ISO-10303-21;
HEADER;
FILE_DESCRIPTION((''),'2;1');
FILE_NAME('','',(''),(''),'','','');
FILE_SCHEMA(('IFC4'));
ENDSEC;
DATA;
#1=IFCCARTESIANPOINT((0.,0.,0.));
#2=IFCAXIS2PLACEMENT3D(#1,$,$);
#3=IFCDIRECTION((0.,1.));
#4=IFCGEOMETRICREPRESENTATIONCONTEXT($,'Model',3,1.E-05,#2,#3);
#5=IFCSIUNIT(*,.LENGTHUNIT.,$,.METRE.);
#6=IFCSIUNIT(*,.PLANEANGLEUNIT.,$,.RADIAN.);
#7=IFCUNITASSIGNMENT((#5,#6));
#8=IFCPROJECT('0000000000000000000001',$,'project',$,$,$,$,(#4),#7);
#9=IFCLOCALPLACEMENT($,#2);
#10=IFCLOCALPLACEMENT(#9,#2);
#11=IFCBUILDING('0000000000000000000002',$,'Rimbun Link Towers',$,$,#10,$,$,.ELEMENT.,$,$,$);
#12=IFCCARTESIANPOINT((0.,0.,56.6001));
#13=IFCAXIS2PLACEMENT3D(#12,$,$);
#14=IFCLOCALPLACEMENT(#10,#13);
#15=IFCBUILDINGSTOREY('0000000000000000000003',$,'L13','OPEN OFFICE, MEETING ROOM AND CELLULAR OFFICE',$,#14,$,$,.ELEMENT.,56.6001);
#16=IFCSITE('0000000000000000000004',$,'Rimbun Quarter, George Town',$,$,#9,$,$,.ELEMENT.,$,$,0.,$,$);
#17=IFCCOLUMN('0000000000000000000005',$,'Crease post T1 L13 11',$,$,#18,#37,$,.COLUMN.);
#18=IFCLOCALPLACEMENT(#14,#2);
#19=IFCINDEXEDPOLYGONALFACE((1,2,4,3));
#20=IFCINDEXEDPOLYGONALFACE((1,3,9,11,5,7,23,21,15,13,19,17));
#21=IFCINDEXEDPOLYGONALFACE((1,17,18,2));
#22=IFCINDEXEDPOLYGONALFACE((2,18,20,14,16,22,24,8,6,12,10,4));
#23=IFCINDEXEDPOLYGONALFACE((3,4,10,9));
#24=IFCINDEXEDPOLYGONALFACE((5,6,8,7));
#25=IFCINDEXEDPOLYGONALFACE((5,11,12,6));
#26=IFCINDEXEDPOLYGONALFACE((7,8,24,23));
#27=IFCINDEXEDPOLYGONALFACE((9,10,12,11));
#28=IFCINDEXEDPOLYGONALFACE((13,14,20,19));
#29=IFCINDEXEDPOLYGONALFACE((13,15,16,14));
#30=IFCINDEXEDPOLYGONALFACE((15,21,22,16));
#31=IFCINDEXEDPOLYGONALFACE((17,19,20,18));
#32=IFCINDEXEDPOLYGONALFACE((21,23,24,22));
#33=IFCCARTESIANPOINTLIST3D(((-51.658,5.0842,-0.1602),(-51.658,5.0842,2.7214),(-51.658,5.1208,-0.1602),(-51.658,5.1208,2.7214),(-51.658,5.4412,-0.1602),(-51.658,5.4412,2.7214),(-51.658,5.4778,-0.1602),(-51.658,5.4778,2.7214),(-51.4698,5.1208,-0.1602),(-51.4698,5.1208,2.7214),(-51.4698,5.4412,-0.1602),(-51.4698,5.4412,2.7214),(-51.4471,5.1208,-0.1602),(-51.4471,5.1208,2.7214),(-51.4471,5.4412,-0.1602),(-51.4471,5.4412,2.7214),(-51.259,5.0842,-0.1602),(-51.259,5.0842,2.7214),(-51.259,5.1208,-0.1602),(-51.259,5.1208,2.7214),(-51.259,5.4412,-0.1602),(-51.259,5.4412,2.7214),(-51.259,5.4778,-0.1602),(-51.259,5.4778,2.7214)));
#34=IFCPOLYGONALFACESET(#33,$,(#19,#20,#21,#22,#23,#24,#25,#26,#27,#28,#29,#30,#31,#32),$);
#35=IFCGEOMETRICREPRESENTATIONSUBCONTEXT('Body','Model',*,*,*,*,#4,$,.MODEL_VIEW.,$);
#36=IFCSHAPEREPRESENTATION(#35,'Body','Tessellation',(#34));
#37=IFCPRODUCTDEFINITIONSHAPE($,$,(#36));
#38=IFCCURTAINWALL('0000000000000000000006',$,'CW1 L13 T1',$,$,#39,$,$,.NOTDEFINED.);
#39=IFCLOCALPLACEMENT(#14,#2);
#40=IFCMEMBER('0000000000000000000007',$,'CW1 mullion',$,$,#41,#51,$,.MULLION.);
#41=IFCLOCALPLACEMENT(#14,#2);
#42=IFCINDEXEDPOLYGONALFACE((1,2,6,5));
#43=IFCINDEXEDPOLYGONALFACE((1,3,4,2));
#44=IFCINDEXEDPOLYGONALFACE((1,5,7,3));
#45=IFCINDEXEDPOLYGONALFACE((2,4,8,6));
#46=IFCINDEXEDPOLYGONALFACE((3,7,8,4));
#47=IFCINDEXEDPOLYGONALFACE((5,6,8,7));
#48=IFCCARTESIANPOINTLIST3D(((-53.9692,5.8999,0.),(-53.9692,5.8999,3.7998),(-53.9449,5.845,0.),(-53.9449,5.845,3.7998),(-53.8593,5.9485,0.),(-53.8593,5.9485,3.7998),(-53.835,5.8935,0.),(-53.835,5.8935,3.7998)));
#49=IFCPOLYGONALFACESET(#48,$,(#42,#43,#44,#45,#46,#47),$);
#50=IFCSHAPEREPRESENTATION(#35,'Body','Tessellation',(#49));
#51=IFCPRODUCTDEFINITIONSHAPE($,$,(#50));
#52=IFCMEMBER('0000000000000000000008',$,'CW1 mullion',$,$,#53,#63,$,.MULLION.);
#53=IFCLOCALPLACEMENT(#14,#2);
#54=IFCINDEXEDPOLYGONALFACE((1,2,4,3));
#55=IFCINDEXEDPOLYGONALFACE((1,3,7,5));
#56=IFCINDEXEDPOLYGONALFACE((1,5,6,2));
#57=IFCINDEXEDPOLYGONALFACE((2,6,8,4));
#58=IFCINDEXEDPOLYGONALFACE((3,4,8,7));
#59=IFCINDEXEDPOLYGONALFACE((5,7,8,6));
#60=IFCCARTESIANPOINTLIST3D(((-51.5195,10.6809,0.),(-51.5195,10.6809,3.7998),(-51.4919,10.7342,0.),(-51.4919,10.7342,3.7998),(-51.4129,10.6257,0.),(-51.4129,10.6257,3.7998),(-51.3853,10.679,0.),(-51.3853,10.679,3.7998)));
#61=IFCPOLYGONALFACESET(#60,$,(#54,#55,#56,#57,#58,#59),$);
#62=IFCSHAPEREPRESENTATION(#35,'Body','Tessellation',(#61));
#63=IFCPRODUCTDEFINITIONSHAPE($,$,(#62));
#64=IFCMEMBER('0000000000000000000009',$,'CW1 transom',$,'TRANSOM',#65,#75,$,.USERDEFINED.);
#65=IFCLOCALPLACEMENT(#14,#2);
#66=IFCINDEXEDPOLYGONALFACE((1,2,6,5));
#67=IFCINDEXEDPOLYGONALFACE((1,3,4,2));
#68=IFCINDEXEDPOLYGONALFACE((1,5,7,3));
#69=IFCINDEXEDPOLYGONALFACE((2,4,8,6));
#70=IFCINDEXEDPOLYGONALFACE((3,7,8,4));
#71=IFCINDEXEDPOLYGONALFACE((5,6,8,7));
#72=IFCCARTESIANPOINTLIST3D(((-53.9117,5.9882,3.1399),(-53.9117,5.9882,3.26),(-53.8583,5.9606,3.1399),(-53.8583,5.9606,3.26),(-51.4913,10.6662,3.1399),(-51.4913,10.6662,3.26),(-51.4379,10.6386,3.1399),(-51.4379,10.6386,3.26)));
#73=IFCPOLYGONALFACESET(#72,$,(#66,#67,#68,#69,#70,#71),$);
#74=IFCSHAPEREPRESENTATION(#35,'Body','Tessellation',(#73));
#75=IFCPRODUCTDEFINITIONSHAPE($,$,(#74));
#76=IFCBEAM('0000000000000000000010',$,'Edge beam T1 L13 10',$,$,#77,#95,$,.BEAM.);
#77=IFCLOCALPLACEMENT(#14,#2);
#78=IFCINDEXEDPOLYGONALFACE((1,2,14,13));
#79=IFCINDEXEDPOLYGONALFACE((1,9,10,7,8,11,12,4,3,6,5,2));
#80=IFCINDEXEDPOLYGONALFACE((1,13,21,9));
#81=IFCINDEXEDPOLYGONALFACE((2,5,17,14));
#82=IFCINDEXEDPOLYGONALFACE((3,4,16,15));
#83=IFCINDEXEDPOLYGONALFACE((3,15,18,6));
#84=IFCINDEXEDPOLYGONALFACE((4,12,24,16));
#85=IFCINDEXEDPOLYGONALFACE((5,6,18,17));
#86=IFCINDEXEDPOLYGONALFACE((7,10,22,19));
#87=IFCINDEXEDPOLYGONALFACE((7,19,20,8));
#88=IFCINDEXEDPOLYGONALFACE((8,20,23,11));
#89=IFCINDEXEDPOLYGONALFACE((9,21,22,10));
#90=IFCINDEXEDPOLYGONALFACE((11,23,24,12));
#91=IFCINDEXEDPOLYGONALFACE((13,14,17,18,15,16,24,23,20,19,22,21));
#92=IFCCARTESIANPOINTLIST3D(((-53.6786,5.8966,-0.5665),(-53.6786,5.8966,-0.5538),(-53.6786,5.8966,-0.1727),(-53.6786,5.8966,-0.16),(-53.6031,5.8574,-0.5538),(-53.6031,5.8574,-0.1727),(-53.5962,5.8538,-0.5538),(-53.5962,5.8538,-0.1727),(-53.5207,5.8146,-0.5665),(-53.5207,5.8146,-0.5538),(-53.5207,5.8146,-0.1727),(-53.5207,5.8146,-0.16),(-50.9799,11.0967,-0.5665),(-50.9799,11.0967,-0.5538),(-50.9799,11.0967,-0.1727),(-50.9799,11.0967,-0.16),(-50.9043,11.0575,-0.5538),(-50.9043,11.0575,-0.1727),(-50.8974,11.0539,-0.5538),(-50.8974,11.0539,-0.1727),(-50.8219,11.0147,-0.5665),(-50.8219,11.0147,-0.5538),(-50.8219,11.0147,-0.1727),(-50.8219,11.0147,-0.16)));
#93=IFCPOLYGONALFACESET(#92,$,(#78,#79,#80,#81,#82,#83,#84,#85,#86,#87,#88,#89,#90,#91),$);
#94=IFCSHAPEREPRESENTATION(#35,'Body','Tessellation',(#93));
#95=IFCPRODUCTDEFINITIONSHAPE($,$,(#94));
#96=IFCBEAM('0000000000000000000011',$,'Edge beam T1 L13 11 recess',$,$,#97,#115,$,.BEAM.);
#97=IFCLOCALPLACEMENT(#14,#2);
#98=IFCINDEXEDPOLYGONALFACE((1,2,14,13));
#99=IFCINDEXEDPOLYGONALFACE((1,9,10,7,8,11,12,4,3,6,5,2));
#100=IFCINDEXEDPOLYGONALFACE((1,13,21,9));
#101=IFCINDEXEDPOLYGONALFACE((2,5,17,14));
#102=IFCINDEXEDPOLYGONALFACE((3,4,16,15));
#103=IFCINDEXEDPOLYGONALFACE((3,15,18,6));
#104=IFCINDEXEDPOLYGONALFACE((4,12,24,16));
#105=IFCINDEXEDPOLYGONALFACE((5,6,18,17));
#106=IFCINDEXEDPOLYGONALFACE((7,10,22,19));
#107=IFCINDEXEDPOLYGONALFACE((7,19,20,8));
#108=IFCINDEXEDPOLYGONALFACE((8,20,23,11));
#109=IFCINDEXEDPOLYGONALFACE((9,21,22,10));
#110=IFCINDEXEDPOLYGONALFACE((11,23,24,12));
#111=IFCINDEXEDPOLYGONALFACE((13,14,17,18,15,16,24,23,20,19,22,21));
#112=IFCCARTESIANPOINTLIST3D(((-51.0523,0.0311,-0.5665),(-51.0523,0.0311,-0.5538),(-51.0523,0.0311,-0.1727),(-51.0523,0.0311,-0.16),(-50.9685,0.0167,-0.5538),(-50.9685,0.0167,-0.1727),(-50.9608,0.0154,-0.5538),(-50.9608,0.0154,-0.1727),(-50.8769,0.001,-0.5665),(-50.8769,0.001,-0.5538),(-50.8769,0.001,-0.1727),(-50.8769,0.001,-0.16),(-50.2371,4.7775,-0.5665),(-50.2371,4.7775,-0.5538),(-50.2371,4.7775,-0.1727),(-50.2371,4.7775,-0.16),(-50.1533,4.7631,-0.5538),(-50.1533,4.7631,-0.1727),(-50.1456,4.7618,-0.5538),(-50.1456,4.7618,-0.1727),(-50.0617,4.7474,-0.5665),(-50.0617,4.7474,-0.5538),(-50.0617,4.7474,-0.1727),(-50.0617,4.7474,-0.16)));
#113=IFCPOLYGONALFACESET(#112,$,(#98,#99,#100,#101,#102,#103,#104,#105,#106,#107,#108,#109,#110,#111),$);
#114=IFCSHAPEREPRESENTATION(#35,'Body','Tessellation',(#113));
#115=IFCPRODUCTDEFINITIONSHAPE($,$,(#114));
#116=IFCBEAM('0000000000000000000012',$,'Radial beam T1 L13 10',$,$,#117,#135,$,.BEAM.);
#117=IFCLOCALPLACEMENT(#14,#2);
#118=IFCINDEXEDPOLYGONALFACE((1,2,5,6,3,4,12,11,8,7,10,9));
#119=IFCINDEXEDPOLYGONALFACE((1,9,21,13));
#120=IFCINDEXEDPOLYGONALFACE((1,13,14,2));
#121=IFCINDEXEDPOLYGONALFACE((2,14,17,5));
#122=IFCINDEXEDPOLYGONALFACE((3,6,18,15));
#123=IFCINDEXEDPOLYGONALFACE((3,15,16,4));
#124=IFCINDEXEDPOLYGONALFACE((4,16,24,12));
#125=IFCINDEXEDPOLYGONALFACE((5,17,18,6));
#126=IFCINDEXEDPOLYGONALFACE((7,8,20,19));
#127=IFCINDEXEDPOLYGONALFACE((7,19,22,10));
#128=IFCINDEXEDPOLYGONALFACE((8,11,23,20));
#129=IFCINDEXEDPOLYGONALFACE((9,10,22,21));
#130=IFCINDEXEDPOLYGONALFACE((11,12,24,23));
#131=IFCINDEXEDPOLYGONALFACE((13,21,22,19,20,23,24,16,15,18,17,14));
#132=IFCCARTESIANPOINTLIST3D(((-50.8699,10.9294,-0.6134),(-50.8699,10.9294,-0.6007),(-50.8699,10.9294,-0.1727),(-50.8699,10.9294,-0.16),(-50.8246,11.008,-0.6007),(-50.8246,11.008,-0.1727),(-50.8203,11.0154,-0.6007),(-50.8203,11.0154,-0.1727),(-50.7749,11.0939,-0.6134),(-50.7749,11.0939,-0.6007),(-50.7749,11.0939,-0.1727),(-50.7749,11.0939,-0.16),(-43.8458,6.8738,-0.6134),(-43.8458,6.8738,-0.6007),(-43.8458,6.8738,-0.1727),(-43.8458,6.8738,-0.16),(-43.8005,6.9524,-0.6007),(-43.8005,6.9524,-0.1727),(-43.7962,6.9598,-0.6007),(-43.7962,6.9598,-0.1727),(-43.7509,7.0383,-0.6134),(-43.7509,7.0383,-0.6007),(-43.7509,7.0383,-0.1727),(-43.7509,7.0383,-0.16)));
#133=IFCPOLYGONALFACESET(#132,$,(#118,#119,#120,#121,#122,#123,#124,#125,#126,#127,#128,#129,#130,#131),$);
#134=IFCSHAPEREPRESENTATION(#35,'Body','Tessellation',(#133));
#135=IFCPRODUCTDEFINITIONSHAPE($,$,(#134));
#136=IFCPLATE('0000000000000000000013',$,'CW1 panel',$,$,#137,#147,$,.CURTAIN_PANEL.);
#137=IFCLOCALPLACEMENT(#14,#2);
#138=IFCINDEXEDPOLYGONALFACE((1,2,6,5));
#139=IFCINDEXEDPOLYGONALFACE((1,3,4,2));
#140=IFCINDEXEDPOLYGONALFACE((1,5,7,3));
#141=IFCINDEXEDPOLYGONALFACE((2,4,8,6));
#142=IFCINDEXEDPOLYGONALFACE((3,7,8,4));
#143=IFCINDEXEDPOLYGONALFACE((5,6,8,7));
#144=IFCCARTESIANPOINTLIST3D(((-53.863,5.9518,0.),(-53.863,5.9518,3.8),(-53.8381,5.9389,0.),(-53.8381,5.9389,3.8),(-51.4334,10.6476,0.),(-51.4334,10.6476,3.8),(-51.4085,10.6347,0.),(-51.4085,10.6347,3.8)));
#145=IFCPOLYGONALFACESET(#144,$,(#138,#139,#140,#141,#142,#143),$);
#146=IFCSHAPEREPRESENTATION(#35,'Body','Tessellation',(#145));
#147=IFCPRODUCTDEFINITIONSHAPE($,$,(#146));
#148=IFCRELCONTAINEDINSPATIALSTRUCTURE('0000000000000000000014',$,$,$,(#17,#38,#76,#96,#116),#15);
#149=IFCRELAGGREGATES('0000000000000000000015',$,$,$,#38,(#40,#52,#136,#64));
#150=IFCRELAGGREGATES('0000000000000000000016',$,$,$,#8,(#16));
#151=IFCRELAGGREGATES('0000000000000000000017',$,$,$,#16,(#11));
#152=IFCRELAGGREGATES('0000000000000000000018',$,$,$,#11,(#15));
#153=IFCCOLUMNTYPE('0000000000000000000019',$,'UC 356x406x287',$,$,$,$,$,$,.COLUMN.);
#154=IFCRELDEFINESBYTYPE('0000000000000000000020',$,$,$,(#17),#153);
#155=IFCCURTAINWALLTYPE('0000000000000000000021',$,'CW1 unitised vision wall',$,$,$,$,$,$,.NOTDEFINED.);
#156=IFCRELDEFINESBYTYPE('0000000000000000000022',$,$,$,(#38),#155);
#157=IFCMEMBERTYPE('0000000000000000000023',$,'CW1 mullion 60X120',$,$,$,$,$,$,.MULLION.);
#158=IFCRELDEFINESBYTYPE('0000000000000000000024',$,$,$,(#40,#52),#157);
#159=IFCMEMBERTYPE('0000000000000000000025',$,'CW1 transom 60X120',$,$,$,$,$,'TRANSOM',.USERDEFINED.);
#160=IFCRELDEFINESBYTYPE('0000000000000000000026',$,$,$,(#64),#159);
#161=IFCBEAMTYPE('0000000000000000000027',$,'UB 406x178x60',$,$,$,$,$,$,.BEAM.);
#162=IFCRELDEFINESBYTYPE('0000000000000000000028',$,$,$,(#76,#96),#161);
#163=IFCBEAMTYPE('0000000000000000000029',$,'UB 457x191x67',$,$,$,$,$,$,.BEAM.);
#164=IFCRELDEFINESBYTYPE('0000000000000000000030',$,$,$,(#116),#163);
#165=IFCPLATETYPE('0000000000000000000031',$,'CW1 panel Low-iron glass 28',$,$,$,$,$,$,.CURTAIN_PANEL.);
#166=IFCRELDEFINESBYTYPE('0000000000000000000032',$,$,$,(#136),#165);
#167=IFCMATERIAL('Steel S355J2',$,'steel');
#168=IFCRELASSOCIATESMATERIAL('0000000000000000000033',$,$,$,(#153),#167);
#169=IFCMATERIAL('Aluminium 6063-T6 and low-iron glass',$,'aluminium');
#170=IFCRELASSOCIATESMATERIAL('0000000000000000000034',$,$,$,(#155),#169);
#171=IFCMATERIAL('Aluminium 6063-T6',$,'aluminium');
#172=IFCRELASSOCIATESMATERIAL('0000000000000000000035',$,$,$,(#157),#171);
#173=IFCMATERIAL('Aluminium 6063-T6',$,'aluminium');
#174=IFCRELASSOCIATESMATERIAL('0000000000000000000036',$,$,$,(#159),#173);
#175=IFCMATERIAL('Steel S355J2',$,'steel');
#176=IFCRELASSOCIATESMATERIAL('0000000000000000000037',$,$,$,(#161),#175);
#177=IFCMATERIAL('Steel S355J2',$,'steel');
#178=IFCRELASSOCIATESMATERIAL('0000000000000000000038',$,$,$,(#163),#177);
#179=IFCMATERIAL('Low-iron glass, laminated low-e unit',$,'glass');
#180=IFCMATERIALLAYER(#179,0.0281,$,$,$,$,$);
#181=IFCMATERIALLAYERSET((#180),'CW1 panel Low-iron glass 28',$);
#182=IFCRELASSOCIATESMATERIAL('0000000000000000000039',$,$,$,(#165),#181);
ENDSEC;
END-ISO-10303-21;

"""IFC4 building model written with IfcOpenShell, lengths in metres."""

from ifc_helpers import new_model, si_unit, direction, frame, origin, origin_2d, place, context, subcontext, project, spatial, rectangle, i_section, extrude, material, layer, layer_set, material_profile, profile_set, type_object, element, aggregate, save


model = new_model("IFC4")

# Units and contexts
model_context = context("Model", 3, precision=1e-05, world=origin(), true_north=direction((0.0, 1.0)))
body_context = subcontext(model_context, "Body", "Model", "MODEL_VIEW")
ifc_project = project(units=[si_unit("LENGTHUNIT", "METRE"), si_unit("PLANEANGLEUNIT", "RADIAN")], contexts=[model_context])

# Site, building, storey
site_placement = place(None, origin())
site = spatial("IfcSite", under=ifc_project, at=site_placement, Name="Rimbun Quarter, George Town", CompositionType="ELEMENT", RefElevation=0.0)
building_placement = place(site_placement, origin())
building = spatial("IfcBuilding", under=site, at=building_placement, Name="Rimbun Link Towers", CompositionType="ELEMENT")
storey_placement = place(building_placement, frame((0.0, 0.0, 56.6001)))
storey = spatial("IfcBuildingStorey", under=building, at=storey_placement, Name="L13", Description="OPEN OFFICE, MEETING ROOM AND CELLULAR OFFICE", CompositionType="ELEMENT", Elevation=56.6001)

# Column
ifc_material_1 = material(Name="Steel S355J2", Category="steel")
ifc_material_profile_1 = material_profile(ifc_material_1, i_section(OverallWidth=0.3989, OverallDepth=0.3936, WebThickness=0.0227, FlangeThickness=0.0366, at=origin_2d()), Name="UC 356x406x287")
ifc_profile_set_1 = profile_set([ifc_material_profile_1], Name="Steel S355J2")
column_type = type_object("IfcColumnType", Name="UC 356x406x287", PredefinedType="COLUMN", material=ifc_profile_set_1)
column_placement = place(storey_placement, frame((-51.4585, 5.281, -0.1602), z_axis=(0.0, 0.0, 1.0), x_axis=(1.0, 0.0, 0.0)))
element("IfcColumn", 1, at=column_placement, inside=storey, type_object=column_type, Name="Crease post T1 L13 11", PredefinedType="COLUMN", context=body_context, shape_type="SweptSolid", body=[
    extrude(i_section(OverallWidth=0.3989, OverallDepth=0.3936, WebThickness=0.0227, FlangeThickness=0.0366, at=origin_2d()), origin(), (0.0, 0.0, 1.0), 2.8816),
])

# Curtain wall, members
ifc_material_2 = material(Name="Aluminium 6063-T6 and low-iron glass", Category="aluminium")
curtain_wall_type = type_object("IfcCurtainWallType", Name="CW1 unitised vision wall", PredefinedType="NOTDEFINED", material=ifc_material_2)
curtain_wall_placement = place(storey_placement, origin())
curtain_wall = element("IfcCurtainWall", 2, at=curtain_wall_placement, inside=storey, type_object=curtain_wall_type, Name="CW1 L13 T1", PredefinedType="NOTDEFINED")
ifc_material_3 = material(Name="Aluminium 6063-T6", Category="aluminium")
ifc_material_profile_2 = material_profile(ifc_material_3, rectangle(XDim=0.1201, YDim=0.0601, at=origin_2d()), Name="MULLION 60X120")
ifc_profile_set_2 = profile_set([ifc_material_profile_2], Name="Aluminium 6063-T6")
member_type_1 = type_object("IfcMemberType", Name="CW1 mullion 60X120", PredefinedType="MULLION", material=ifc_profile_set_2)
member_1_placement = place(storey_placement, frame((-53.9021, 5.8967, 0.0), z_axis=(0.0, 0.0, 1.0), x_axis=(-0.914813, -0.403877, 0.0)))
member_1 = element("IfcMember", 3, at=member_1_placement, type_object=member_type_1, Name="CW1 mullion", PredefinedType="MULLION", context=body_context, shape_type="SweptSolid", body=[
    extrude(rectangle(XDim=0.1201, YDim=0.0601, at=origin_2d()), origin(), (0.0, 0.0, 1.0), 3.7998),
])
member_2_placement = place(storey_placement, frame((-51.4524, 10.6799, 0.0), z_axis=(0.0, 0.0, 1.0), x_axis=(-0.888157, 0.459541, 0.0)))
member_2 = element("IfcMember", 4, at=member_2_placement, type_object=member_type_1, Name="CW1 mullion", PredefinedType="MULLION", context=body_context, shape_type="SweptSolid", body=[
    extrude(rectangle(XDim=0.1201, YDim=0.0601, at=origin_2d()), origin(), (0.0, 0.0, 1.0), 3.7998),
])
ifc_material_4 = material(Name="Aluminium 6063-T6", Category="aluminium")
ifc_material_profile_3 = material_profile(ifc_material_4, rectangle(XDim=0.0601, YDim=0.1201, at=origin_2d()), Name="TRANSOM 60X120")
ifc_profile_set_3 = profile_set([ifc_material_profile_3], Name="Aluminium 6063-T6")
member_type_2 = type_object("IfcMemberType", Name="CW1 transom 60X120", ElementType="TRANSOM", PredefinedType="USERDEFINED", material=ifc_profile_set_3)
member_3_placement = place(storey_placement, frame((-53.885, 5.9744, 3.2), z_axis=(0.459538, 0.888158, 0.0), x_axis=(-0.888158, 0.459538, 0.0)))
member_3 = element("IfcMember", 5, at=member_3_placement, type_object=member_type_2, Name="CW1 transom", ObjectType="TRANSOM", PredefinedType="USERDEFINED", context=body_context, shape_type="SweptSolid", body=[
    extrude(rectangle(XDim=0.0601, YDim=0.1201, at=origin_2d()), origin(), (0.0, 0.0, 1.0), 5.2671),
])

# Beams
ifc_material_5 = material(Name="Steel S355J2", Category="steel")
ifc_material_profile_4 = material_profile(ifc_material_5, i_section(OverallWidth=0.178, OverallDepth=0.4065, WebThickness=0.0078, FlangeThickness=0.0127, at=origin_2d()), Name="UB 406x178x60")
ifc_profile_set_4 = profile_set([ifc_material_profile_4], Name="Steel S355J2")
beam_type_1 = type_object("IfcBeamType", Name="UB 406x178x60", PredefinedType="BEAM", material=ifc_profile_set_4)
beam_1_placement = place(storey_placement, frame((-50.9009, 11.0557, -0.3633), z_axis=(-0.460648, -0.887583, 0.0), x_axis=(0.887583, -0.460648, 0.0)))
element("IfcBeam", 6, at=beam_1_placement, inside=storey, type_object=beam_type_1, Name="Edge beam T1 L13 10", PredefinedType="BEAM", context=body_context, shape_type="SweptSolid", body=[
    extrude(i_section(OverallWidth=0.178, OverallDepth=0.4065, WebThickness=0.0078, FlangeThickness=0.0127, at=origin_2d()), origin(), (0.0, 0.0, 1.0), 5.8586),
])
beam_2_placement = place(storey_placement, frame((-50.1494, 4.7625, -0.3633), z_axis=(-0.169272, -0.985569, 0.0), x_axis=(0.985569, -0.169272, 0.0)))
element("IfcBeam", 7, at=beam_2_placement, inside=storey, type_object=beam_type_1, Name="Edge beam T1 L13 11 recess", PredefinedType="BEAM", context=body_context, shape_type="SweptSolid", body=[
    extrude(i_section(OverallWidth=0.178, OverallDepth=0.4065, WebThickness=0.0078, FlangeThickness=0.0127, at=origin_2d()), origin(), (0.0, 0.0, 1.0), 4.8159),
])
ifc_material_6 = material(Name="Steel S355J2", Category="steel")
ifc_material_profile_5 = material_profile(ifc_material_6, i_section(OverallWidth=0.1899, OverallDepth=0.4534, WebThickness=0.0085, FlangeThickness=0.0127, at=origin_2d()), Name="UB 457x191x67")
ifc_profile_set_5 = profile_set([ifc_material_profile_5], Name="Steel S355J2")
beam_type_2 = type_object("IfcBeamType", Name="UB 457x191x67", PredefinedType="BEAM", material=ifc_profile_set_5)
beam_3_placement = place(storey_placement, frame((-43.7983, 6.9561, -0.3867), z_axis=(-0.866012, 0.500024, 0.0), x_axis=(-0.500024, -0.866012, 0.0)))
element("IfcBeam", 8, at=beam_3_placement, inside=storey, type_object=beam_type_2, Name="Radial beam T1 L13 10", PredefinedType="BEAM", context=body_context, shape_type="SweptSolid", body=[
    extrude(i_section(OverallWidth=0.1899, OverallDepth=0.4534, WebThickness=0.0085, FlangeThickness=0.0127, at=origin_2d()), origin(), (0.0, 0.0, 1.0), 8.1108),
])

# Plate
ifc_material_7 = material(Name="Low-iron glass, laminated low-e unit", Category="glass")
ifc_layer_1 = layer(ifc_material_7, 0.0281)
ifc_layer_set_1 = layer_set([ifc_layer_1], Name="CW1 panel Low-iron glass 28")
plate_type = type_object("IfcPlateType", Name="CW1 panel Low-iron glass 28", PredefinedType="CURTAIN_PANEL", material=ifc_layer_set_1)
plate_placement = place(storey_placement, frame((-52.6357, 8.2932, 0.0), z_axis=(0.0, 0.0, 1.0), x_axis=(0.459541, 0.888157, 0.0)))
plate = element("IfcPlate", 9, at=plate_placement, type_object=plate_type, Name="CW1 panel", PredefinedType="CURTAIN_PANEL", context=body_context, shape_type="SweptSolid", body=[
    extrude(rectangle(XDim=5.2871, YDim=0.0281, at=origin_2d()), origin(), (0.0, 0.0, 1.0), 3.8),
])
aggregate(curtain_wall, [member_1, member_2, plate, member_3])

save(model, "model.ifc")
